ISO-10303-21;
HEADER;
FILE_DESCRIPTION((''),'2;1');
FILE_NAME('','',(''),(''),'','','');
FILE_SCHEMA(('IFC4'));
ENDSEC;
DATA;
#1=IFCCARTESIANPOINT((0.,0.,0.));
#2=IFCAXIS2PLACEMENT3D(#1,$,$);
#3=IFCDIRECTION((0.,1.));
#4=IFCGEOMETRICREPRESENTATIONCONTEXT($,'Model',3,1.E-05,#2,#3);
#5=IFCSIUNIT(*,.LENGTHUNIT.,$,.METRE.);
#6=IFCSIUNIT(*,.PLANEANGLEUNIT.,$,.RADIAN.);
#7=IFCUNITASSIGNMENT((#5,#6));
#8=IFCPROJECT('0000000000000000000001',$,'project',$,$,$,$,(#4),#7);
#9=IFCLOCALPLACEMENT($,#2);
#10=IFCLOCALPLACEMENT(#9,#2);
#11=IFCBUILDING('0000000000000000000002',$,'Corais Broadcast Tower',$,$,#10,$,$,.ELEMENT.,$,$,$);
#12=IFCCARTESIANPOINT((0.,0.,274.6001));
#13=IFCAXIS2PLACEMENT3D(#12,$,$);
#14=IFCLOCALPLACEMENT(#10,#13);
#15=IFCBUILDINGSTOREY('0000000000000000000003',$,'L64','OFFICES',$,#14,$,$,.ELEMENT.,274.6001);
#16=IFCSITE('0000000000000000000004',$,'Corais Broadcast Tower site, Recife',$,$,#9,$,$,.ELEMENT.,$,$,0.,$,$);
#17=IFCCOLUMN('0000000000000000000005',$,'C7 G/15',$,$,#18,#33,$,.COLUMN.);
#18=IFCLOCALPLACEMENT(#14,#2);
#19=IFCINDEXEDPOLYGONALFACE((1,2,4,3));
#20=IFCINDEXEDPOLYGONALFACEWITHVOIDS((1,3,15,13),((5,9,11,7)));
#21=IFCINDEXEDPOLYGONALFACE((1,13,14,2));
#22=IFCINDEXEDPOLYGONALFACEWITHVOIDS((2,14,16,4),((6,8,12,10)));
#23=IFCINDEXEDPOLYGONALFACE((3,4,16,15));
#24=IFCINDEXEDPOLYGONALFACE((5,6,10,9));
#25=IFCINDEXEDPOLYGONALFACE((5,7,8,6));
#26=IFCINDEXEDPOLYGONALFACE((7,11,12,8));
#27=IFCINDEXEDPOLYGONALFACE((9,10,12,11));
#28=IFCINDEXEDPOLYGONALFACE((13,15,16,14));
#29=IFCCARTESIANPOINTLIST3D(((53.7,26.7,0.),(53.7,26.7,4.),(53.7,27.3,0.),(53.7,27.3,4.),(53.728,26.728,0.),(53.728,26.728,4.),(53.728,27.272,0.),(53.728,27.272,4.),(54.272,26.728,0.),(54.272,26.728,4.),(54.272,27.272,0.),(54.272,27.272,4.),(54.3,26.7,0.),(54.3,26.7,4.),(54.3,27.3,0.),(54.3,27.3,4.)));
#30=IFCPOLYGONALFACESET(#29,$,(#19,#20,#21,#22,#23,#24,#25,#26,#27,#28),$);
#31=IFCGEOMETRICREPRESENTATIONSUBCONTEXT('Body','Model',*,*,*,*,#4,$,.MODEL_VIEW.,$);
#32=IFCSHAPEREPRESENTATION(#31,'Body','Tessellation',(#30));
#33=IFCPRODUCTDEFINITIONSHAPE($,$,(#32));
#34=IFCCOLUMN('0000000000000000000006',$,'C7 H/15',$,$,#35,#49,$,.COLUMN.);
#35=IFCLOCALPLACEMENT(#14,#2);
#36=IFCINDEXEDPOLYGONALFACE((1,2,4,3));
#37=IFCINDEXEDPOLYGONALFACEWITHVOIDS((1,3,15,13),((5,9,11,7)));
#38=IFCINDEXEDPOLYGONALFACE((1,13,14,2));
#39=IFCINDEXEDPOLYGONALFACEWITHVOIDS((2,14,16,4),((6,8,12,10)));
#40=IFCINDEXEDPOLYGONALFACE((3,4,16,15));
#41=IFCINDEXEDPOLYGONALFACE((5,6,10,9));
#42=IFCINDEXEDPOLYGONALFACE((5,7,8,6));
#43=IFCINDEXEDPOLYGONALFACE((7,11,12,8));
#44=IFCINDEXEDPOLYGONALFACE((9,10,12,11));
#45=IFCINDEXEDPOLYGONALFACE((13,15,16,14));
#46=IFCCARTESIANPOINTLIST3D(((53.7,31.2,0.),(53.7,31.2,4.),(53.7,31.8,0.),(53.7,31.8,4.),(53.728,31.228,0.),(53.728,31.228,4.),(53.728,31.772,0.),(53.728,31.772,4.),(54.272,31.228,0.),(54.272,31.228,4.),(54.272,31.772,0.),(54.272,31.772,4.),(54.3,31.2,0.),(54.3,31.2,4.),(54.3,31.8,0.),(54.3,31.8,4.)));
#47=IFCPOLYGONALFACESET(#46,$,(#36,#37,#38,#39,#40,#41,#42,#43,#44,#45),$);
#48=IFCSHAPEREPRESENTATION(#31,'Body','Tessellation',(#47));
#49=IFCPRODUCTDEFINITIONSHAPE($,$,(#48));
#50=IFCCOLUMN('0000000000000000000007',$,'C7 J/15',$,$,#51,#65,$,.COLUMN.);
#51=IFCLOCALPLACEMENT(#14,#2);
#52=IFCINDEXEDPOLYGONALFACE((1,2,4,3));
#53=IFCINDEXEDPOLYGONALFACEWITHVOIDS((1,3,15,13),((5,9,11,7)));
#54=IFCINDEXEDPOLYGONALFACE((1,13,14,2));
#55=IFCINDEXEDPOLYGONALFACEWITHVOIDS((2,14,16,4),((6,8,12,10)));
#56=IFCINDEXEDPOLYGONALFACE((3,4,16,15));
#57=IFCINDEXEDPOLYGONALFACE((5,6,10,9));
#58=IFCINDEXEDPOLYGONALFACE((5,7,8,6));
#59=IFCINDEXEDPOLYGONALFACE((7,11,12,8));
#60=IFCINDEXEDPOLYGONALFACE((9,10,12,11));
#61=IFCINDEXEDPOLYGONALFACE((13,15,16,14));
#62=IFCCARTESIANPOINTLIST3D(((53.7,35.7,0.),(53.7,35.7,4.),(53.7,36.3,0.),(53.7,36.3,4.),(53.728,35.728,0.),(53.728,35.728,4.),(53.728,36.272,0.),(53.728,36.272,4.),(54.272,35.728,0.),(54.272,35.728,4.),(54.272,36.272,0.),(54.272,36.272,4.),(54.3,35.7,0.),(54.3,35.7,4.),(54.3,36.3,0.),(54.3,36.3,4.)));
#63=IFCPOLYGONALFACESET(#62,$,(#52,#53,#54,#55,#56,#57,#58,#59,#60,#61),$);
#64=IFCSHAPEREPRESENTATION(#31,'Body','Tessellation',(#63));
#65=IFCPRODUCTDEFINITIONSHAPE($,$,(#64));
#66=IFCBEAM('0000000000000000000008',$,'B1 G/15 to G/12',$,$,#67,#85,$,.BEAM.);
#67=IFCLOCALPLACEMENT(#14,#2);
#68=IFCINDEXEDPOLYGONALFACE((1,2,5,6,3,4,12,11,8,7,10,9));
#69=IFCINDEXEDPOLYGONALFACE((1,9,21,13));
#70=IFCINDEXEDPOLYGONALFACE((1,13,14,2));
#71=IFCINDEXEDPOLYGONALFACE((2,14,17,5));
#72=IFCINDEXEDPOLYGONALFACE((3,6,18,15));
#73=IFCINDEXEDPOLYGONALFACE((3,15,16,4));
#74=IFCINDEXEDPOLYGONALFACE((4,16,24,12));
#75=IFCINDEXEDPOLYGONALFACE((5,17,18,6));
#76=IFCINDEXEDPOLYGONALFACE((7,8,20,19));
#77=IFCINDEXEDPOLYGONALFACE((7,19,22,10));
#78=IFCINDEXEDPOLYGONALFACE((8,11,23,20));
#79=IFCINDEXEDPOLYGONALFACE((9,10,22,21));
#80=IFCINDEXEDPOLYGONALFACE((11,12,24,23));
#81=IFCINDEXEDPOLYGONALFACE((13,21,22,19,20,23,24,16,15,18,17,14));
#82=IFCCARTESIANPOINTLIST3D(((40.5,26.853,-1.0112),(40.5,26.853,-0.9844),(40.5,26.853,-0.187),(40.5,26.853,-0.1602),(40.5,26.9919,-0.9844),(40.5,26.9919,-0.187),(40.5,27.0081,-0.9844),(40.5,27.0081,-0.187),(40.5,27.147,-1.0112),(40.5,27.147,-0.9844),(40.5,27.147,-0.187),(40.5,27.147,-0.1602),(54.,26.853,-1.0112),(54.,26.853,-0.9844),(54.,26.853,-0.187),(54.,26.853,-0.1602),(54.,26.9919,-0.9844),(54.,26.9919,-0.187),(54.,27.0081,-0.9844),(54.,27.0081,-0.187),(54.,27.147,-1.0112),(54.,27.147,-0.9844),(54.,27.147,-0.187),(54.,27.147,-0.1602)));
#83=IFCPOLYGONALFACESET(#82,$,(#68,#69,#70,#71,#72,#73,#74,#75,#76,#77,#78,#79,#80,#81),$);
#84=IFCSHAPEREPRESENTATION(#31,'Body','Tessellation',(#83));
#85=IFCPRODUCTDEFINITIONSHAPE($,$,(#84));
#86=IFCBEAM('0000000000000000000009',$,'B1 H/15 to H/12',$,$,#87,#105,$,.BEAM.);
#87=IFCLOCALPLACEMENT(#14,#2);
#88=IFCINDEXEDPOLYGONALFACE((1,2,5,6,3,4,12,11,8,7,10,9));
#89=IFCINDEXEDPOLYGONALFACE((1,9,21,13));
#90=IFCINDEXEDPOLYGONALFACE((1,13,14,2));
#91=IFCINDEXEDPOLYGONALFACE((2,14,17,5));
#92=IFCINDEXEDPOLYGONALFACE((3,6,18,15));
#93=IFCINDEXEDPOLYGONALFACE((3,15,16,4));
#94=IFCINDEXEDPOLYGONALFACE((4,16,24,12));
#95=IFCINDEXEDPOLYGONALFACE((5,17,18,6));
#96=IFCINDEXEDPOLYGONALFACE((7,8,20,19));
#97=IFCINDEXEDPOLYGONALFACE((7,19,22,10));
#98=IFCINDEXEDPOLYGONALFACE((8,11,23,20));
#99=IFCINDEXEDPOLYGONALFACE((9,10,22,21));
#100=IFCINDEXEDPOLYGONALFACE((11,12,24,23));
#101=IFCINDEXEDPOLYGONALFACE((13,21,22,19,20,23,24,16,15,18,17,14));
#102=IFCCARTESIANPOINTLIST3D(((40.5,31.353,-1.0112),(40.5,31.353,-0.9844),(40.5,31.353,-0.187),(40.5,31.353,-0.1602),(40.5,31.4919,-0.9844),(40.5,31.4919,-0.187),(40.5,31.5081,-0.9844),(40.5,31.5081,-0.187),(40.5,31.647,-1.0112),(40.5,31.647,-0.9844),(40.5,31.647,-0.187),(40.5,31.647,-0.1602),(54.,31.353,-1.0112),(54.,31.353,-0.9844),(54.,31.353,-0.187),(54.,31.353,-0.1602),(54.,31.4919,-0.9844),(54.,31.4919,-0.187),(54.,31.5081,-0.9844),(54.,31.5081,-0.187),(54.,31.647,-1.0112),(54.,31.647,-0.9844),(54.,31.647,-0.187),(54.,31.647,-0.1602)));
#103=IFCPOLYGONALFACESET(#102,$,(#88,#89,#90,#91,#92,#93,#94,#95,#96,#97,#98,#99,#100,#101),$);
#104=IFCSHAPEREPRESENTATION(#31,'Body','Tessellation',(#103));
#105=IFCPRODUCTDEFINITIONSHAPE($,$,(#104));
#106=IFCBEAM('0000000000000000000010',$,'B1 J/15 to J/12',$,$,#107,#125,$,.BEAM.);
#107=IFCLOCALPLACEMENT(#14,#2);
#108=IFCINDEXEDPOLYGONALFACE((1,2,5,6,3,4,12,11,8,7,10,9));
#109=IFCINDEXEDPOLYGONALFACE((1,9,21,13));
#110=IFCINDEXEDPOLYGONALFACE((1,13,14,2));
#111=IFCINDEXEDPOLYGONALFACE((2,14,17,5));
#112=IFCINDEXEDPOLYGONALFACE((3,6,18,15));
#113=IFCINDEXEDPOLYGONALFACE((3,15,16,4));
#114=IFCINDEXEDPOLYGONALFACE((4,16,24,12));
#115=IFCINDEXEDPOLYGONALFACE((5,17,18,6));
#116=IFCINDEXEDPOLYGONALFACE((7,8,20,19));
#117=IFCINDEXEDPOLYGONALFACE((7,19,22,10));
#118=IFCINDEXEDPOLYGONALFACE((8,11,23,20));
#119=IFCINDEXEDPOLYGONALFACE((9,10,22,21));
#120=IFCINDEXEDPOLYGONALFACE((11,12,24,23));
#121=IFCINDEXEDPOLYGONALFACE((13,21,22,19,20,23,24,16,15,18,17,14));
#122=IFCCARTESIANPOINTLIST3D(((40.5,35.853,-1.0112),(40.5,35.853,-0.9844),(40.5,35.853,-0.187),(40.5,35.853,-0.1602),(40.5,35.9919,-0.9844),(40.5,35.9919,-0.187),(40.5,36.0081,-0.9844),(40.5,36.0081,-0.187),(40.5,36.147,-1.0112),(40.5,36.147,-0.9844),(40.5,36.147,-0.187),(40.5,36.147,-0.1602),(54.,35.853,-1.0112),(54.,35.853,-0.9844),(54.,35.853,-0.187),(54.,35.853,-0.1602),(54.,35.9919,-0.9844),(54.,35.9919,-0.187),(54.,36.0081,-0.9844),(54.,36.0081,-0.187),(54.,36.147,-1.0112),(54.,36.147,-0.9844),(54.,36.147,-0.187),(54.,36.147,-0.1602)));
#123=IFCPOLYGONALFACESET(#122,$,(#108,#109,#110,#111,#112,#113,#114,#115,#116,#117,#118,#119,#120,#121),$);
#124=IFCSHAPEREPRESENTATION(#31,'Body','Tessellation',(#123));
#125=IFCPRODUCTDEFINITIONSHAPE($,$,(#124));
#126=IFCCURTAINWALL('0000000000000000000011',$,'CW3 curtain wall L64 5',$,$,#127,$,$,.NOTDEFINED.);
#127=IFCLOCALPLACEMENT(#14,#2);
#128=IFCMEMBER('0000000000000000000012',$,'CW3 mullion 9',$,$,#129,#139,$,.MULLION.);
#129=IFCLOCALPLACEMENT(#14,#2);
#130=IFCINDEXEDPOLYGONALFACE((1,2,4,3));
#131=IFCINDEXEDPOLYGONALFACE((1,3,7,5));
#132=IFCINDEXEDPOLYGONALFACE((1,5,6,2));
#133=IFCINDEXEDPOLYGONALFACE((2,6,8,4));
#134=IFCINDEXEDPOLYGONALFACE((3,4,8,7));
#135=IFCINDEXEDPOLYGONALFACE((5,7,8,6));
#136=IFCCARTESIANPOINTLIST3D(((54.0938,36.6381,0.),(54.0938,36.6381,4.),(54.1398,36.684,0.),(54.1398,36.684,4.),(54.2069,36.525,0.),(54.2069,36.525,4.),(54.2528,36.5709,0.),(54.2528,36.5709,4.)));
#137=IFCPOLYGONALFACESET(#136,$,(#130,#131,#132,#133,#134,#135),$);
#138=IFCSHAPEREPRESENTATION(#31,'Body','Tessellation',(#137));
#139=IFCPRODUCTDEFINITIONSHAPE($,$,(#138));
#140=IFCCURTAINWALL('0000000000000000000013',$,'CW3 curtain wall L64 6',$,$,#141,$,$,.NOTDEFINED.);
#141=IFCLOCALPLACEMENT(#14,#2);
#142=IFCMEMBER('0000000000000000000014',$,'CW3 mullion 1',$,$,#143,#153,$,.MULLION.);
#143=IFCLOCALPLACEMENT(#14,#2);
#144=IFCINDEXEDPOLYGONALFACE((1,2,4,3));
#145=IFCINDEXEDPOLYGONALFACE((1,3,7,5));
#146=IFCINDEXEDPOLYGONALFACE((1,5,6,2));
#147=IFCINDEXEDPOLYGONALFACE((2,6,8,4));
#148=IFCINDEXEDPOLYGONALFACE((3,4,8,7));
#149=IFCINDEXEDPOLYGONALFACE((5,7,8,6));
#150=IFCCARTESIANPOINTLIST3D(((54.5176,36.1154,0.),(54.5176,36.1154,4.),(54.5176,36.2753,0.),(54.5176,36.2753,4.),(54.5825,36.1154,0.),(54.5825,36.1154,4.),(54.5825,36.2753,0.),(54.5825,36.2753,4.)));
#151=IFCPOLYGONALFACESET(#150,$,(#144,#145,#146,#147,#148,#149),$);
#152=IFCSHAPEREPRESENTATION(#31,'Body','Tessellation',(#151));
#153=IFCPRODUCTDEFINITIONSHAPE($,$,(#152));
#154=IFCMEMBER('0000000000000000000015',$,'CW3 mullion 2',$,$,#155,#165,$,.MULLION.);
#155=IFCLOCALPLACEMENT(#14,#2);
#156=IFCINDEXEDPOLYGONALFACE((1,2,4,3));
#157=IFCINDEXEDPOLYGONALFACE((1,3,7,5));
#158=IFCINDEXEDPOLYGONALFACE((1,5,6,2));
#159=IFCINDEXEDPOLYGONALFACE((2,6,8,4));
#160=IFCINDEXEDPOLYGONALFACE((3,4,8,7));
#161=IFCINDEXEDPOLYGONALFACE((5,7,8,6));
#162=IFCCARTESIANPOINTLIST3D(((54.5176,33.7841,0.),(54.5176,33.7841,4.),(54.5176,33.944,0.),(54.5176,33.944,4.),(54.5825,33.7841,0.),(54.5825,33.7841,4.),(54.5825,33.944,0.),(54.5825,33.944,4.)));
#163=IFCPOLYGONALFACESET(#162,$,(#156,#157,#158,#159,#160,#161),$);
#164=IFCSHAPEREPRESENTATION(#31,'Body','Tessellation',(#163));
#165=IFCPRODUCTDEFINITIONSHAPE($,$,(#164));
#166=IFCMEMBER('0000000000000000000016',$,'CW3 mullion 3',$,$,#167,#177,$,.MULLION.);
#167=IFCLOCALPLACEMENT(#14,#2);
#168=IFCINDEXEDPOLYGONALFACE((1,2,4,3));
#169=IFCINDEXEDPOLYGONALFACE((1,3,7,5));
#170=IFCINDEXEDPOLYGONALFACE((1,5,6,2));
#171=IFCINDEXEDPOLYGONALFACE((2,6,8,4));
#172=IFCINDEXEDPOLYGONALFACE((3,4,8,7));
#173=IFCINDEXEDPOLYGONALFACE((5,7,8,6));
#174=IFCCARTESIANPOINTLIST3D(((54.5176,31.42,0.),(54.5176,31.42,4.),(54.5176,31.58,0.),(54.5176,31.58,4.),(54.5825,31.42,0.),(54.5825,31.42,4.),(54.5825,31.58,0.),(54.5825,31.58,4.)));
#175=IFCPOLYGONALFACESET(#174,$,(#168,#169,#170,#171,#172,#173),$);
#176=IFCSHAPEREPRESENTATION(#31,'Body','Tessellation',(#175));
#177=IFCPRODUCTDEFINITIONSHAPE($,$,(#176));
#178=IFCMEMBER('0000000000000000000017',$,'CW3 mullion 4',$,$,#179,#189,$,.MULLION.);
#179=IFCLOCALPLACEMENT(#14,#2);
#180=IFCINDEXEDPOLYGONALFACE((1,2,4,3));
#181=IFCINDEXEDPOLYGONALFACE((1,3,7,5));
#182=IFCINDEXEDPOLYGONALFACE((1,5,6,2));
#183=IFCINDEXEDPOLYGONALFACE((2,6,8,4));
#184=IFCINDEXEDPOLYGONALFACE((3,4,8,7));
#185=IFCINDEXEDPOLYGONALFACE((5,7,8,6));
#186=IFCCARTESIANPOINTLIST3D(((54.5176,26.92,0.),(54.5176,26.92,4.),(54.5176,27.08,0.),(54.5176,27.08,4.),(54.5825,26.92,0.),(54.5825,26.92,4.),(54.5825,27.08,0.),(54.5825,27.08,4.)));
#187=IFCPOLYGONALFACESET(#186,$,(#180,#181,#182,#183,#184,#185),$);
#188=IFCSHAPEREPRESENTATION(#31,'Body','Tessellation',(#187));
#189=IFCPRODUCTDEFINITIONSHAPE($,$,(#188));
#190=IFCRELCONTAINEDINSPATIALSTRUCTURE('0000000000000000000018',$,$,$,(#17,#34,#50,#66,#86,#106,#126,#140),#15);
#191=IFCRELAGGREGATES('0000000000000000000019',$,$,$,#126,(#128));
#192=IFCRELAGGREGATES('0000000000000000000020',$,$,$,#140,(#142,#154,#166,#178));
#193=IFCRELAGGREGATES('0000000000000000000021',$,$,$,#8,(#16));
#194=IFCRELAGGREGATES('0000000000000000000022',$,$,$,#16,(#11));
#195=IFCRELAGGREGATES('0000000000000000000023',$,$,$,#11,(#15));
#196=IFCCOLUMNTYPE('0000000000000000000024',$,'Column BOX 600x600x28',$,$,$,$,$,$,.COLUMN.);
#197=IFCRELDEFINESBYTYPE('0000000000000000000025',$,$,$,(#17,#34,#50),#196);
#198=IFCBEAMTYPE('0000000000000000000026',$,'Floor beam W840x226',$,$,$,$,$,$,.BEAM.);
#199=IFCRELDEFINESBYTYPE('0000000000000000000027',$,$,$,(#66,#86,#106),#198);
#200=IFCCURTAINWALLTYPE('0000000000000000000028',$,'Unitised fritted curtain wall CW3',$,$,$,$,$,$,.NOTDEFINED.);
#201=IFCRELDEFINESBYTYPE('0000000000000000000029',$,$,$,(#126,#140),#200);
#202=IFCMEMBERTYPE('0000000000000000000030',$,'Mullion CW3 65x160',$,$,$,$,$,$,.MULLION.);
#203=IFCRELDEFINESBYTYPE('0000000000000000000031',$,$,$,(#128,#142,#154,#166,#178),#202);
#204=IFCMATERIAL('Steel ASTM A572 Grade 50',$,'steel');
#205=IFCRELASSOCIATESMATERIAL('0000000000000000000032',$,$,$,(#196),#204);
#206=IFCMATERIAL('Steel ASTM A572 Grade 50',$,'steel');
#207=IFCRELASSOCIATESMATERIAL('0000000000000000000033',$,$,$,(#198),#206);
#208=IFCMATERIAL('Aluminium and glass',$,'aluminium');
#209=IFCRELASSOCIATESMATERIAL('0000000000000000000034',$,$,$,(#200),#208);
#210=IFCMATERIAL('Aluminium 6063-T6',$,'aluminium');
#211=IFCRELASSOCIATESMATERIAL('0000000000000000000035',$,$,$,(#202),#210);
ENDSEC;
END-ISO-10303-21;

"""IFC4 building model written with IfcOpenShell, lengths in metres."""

from ifc_helpers import new_model, si_unit, direction, frame, origin, origin_2d, place, context, subcontext, project, spatial, rectangle, hollow_rectangle, i_section, extrude, material, material_profile, profile_set, type_object, element, aggregate, save


model = new_model("IFC4")

# Units and contexts
model_context = context("Model", 3, precision=1e-05, world=origin(), true_north=direction((0.0, 1.0)))
body_context = subcontext(model_context, "Body", "Model", "MODEL_VIEW")
ifc_project = project(units=[si_unit("LENGTHUNIT", "METRE"), si_unit("PLANEANGLEUNIT", "RADIAN")], contexts=[model_context])

# Site, building, storey
site_placement = place(None, origin())
site = spatial("IfcSite", under=ifc_project, at=site_placement, Name="Corais Broadcast Tower site, Recife", CompositionType="ELEMENT", RefElevation=0.0)
building_placement = place(site_placement, origin())
building = spatial("IfcBuilding", under=site, at=building_placement, Name="Corais Broadcast Tower", CompositionType="ELEMENT")
storey_placement = place(building_placement, frame((0.0, 0.0, 274.6001)))
storey = spatial("IfcBuildingStorey", under=building, at=storey_placement, Name="L64", Description="OFFICES", CompositionType="ELEMENT", Elevation=274.6001)

# Columns
ifc_material_1 = material(Name="Steel ASTM A572 Grade 50", Category="steel")
ifc_material_profile_1 = material_profile(ifc_material_1, hollow_rectangle(XDim=0.6001, YDim=0.6001, WallThickness=0.0281, at=origin_2d()), Name="BOX 600x600x28")
ifc_profile_set_1 = profile_set([ifc_material_profile_1], Name="Steel ASTM A572 Grade 50")
column_type = type_object("IfcColumnType", Name="Column BOX 600x600x28", PredefinedType="COLUMN", material=ifc_profile_set_1)
for number, where, z_axis, x_axis, name in (
    (1, (54.0, 27.0, 0.0), (0.0, 0.0, 1.0), (1.0, 0.0, 0.0), "C7 G/15"),
    (2, (54.0, 31.5, 0.0), (0.0, 0.0, 1.0), (1.0, 0.0, 0.0), "C7 H/15"),
    (3, (54.0, 36.0, 0.0), (0.0, 0.0, 1.0), (1.0, 0.0, 0.0), "C7 J/15"),
):
    element("IfcColumn", number, at=place(storey_placement, frame(where, z_axis=z_axis, x_axis=x_axis)), inside=storey, type_object=column_type, Name=name, PredefinedType="COLUMN", context=body_context, shape_type="SweptSolid", body=[
        extrude(hollow_rectangle(XDim=0.6001, YDim=0.6001, WallThickness=0.0281, at=origin_2d()), origin(), (0.0, 0.0, 1.0), 4.0),
    ])

# Beams
ifc_material_2 = material(Name="Steel ASTM A572 Grade 50", Category="steel")
ifc_material_profile_2 = material_profile(ifc_material_2, i_section(OverallWidth=0.2939, OverallDepth=0.8511, WebThickness=0.0161, FlangeThickness=0.0269, at=origin_2d()), Name="W840x226")
ifc_profile_set_2 = profile_set([ifc_material_profile_2], Name="Steel ASTM A572 Grade 50")
beam_type_1 = type_object("IfcBeamType", Name="Floor beam W840x226", PredefinedType="BEAM", material=ifc_profile_set_2)
for number, where, z_axis, x_axis, name in (
    (4, (54.0, 27.0, -0.5857), (-1.0, 0.0, 0.0), (0.0, -1.0, 0.0), "B1 G/15 to G/12"),
    (5, (54.0, 31.5, -0.5857), (-1.0, 0.0, 0.0), (0.0, -1.0, 0.0), "B1 H/15 to H/12"),
    (6, (54.0, 36.0, -0.5857), (-1.0, 0.0, 0.0), (0.0, -1.0, 0.0), "B1 J/15 to J/12"),
):
    element("IfcBeam", number, at=place(storey_placement, frame(where, z_axis=z_axis, x_axis=x_axis)), inside=storey, type_object=beam_type_1, Name=name, PredefinedType="BEAM", context=body_context, shape_type="SweptSolid", body=[
        extrude(i_section(OverallWidth=0.2939, OverallDepth=0.8511, WebThickness=0.0161, FlangeThickness=0.0269, at=origin_2d()), origin(), (0.0, 0.0, 1.0), 13.5),
    ])

# Curtain wall, member
ifc_material_3 = material(Name="Aluminium and glass", Category="aluminium")
curtain_wall_type = type_object("IfcCurtainWallType", Name="Unitised fritted curtain wall CW3", PredefinedType="NOTDEFINED", material=ifc_material_3)
curtain_wall_1_placement = place(storey_placement, origin())
curtain_wall_1 = element("IfcCurtainWall", 7, at=curtain_wall_1_placement, inside=storey, type_object=curtain_wall_type, Name="CW3 curtain wall L64 5", PredefinedType="NOTDEFINED")
ifc_material_4 = material(Name="Aluminium 6063-T6", Category="aluminium")
ifc_material_profile_3 = material_profile(ifc_material_4, rectangle(XDim=0.0649, YDim=0.1599, at=origin_2d()), Name="Mullion CW3 65x160")
ifc_profile_set_3 = profile_set([ifc_material_profile_3], Name="Aluminium 6063-T6")
member_type_1 = type_object("IfcMemberType", Name="Mullion CW3 65x160", PredefinedType="MULLION", material=ifc_profile_set_3)
member_1_placement = place(storey_placement, frame((54.1733, 36.6045, 0.0), z_axis=(0.0, 0.0, 1.0), x_axis=(0.707107, 0.707107, 0.0)))
member_1 = element("IfcMember", 8, at=member_1_placement, type_object=member_type_1, Name="CW3 mullion 9", PredefinedType="MULLION", context=body_context, shape_type="SweptSolid", body=[
    extrude(rectangle(XDim=0.0649, YDim=0.1599, at=origin_2d()), origin(), (0.0, 0.0, 1.0), 4.0),
])

# Curtain wall, members
curtain_wall_2_placement = place(storey_placement, origin())
curtain_wall_2 = element("IfcCurtainWall", 9, at=curtain_wall_2_placement, inside=storey, type_object=curtain_wall_type, Name="CW3 curtain wall L64 6", PredefinedType="NOTDEFINED")
member_2_placement = place(storey_placement, frame((54.55, 36.1953, 0.0), z_axis=(0.0, 0.0, 1.0), x_axis=(1.0, 0.0, 0.0)))
member_2 = element("IfcMember", 10, at=member_2_placement, type_object=member_type_1, Name="CW3 mullion 1", PredefinedType="MULLION", context=body_context, shape_type="SweptSolid", body=[
    extrude(rectangle(XDim=0.0649, YDim=0.1599, at=origin_2d()), origin(), (0.0, 0.0, 1.0), 4.0),
])
member_3_placement = place(storey_placement, frame((54.55, 33.864, 0.0), z_axis=(0.0, 0.0, 1.0), x_axis=(1.0, 0.0, 0.0)))
member_3 = element("IfcMember", 11, at=member_3_placement, type_object=member_type_1, Name="CW3 mullion 2", PredefinedType="MULLION", context=body_context, shape_type="SweptSolid", body=[
    extrude(rectangle(XDim=0.0649, YDim=0.1599, at=origin_2d()), origin(), (0.0, 0.0, 1.0), 4.0),
])
member_4_placement = place(storey_placement, frame((54.55, 31.5, 0.0), z_axis=(0.0, 0.0, 1.0), x_axis=(1.0, 0.0, 0.0)))
member_4 = element("IfcMember", 12, at=member_4_placement, type_object=member_type_1, Name="CW3 mullion 3", PredefinedType="MULLION", context=body_context, shape_type="SweptSolid", body=[
    extrude(rectangle(XDim=0.0649, YDim=0.1599, at=origin_2d()), origin(), (0.0, 0.0, 1.0), 4.0),
])
member_5_placement = place(storey_placement, frame((54.55, 27.0, 0.0), z_axis=(0.0, 0.0, 1.0), x_axis=(1.0, 0.0, 0.0)))
member_5 = element("IfcMember", 13, at=member_5_placement, type_object=member_type_1, Name="CW3 mullion 4", PredefinedType="MULLION", context=body_context, shape_type="SweptSolid", body=[
    extrude(rectangle(XDim=0.0649, YDim=0.1599, at=origin_2d()), origin(), (0.0, 0.0, 1.0), 4.0),
])

aggregate(curtain_wall_1, [member_1])
aggregate(curtain_wall_2, [member_2, member_3, member_4, member_5])

save(model, "model.ifc")
